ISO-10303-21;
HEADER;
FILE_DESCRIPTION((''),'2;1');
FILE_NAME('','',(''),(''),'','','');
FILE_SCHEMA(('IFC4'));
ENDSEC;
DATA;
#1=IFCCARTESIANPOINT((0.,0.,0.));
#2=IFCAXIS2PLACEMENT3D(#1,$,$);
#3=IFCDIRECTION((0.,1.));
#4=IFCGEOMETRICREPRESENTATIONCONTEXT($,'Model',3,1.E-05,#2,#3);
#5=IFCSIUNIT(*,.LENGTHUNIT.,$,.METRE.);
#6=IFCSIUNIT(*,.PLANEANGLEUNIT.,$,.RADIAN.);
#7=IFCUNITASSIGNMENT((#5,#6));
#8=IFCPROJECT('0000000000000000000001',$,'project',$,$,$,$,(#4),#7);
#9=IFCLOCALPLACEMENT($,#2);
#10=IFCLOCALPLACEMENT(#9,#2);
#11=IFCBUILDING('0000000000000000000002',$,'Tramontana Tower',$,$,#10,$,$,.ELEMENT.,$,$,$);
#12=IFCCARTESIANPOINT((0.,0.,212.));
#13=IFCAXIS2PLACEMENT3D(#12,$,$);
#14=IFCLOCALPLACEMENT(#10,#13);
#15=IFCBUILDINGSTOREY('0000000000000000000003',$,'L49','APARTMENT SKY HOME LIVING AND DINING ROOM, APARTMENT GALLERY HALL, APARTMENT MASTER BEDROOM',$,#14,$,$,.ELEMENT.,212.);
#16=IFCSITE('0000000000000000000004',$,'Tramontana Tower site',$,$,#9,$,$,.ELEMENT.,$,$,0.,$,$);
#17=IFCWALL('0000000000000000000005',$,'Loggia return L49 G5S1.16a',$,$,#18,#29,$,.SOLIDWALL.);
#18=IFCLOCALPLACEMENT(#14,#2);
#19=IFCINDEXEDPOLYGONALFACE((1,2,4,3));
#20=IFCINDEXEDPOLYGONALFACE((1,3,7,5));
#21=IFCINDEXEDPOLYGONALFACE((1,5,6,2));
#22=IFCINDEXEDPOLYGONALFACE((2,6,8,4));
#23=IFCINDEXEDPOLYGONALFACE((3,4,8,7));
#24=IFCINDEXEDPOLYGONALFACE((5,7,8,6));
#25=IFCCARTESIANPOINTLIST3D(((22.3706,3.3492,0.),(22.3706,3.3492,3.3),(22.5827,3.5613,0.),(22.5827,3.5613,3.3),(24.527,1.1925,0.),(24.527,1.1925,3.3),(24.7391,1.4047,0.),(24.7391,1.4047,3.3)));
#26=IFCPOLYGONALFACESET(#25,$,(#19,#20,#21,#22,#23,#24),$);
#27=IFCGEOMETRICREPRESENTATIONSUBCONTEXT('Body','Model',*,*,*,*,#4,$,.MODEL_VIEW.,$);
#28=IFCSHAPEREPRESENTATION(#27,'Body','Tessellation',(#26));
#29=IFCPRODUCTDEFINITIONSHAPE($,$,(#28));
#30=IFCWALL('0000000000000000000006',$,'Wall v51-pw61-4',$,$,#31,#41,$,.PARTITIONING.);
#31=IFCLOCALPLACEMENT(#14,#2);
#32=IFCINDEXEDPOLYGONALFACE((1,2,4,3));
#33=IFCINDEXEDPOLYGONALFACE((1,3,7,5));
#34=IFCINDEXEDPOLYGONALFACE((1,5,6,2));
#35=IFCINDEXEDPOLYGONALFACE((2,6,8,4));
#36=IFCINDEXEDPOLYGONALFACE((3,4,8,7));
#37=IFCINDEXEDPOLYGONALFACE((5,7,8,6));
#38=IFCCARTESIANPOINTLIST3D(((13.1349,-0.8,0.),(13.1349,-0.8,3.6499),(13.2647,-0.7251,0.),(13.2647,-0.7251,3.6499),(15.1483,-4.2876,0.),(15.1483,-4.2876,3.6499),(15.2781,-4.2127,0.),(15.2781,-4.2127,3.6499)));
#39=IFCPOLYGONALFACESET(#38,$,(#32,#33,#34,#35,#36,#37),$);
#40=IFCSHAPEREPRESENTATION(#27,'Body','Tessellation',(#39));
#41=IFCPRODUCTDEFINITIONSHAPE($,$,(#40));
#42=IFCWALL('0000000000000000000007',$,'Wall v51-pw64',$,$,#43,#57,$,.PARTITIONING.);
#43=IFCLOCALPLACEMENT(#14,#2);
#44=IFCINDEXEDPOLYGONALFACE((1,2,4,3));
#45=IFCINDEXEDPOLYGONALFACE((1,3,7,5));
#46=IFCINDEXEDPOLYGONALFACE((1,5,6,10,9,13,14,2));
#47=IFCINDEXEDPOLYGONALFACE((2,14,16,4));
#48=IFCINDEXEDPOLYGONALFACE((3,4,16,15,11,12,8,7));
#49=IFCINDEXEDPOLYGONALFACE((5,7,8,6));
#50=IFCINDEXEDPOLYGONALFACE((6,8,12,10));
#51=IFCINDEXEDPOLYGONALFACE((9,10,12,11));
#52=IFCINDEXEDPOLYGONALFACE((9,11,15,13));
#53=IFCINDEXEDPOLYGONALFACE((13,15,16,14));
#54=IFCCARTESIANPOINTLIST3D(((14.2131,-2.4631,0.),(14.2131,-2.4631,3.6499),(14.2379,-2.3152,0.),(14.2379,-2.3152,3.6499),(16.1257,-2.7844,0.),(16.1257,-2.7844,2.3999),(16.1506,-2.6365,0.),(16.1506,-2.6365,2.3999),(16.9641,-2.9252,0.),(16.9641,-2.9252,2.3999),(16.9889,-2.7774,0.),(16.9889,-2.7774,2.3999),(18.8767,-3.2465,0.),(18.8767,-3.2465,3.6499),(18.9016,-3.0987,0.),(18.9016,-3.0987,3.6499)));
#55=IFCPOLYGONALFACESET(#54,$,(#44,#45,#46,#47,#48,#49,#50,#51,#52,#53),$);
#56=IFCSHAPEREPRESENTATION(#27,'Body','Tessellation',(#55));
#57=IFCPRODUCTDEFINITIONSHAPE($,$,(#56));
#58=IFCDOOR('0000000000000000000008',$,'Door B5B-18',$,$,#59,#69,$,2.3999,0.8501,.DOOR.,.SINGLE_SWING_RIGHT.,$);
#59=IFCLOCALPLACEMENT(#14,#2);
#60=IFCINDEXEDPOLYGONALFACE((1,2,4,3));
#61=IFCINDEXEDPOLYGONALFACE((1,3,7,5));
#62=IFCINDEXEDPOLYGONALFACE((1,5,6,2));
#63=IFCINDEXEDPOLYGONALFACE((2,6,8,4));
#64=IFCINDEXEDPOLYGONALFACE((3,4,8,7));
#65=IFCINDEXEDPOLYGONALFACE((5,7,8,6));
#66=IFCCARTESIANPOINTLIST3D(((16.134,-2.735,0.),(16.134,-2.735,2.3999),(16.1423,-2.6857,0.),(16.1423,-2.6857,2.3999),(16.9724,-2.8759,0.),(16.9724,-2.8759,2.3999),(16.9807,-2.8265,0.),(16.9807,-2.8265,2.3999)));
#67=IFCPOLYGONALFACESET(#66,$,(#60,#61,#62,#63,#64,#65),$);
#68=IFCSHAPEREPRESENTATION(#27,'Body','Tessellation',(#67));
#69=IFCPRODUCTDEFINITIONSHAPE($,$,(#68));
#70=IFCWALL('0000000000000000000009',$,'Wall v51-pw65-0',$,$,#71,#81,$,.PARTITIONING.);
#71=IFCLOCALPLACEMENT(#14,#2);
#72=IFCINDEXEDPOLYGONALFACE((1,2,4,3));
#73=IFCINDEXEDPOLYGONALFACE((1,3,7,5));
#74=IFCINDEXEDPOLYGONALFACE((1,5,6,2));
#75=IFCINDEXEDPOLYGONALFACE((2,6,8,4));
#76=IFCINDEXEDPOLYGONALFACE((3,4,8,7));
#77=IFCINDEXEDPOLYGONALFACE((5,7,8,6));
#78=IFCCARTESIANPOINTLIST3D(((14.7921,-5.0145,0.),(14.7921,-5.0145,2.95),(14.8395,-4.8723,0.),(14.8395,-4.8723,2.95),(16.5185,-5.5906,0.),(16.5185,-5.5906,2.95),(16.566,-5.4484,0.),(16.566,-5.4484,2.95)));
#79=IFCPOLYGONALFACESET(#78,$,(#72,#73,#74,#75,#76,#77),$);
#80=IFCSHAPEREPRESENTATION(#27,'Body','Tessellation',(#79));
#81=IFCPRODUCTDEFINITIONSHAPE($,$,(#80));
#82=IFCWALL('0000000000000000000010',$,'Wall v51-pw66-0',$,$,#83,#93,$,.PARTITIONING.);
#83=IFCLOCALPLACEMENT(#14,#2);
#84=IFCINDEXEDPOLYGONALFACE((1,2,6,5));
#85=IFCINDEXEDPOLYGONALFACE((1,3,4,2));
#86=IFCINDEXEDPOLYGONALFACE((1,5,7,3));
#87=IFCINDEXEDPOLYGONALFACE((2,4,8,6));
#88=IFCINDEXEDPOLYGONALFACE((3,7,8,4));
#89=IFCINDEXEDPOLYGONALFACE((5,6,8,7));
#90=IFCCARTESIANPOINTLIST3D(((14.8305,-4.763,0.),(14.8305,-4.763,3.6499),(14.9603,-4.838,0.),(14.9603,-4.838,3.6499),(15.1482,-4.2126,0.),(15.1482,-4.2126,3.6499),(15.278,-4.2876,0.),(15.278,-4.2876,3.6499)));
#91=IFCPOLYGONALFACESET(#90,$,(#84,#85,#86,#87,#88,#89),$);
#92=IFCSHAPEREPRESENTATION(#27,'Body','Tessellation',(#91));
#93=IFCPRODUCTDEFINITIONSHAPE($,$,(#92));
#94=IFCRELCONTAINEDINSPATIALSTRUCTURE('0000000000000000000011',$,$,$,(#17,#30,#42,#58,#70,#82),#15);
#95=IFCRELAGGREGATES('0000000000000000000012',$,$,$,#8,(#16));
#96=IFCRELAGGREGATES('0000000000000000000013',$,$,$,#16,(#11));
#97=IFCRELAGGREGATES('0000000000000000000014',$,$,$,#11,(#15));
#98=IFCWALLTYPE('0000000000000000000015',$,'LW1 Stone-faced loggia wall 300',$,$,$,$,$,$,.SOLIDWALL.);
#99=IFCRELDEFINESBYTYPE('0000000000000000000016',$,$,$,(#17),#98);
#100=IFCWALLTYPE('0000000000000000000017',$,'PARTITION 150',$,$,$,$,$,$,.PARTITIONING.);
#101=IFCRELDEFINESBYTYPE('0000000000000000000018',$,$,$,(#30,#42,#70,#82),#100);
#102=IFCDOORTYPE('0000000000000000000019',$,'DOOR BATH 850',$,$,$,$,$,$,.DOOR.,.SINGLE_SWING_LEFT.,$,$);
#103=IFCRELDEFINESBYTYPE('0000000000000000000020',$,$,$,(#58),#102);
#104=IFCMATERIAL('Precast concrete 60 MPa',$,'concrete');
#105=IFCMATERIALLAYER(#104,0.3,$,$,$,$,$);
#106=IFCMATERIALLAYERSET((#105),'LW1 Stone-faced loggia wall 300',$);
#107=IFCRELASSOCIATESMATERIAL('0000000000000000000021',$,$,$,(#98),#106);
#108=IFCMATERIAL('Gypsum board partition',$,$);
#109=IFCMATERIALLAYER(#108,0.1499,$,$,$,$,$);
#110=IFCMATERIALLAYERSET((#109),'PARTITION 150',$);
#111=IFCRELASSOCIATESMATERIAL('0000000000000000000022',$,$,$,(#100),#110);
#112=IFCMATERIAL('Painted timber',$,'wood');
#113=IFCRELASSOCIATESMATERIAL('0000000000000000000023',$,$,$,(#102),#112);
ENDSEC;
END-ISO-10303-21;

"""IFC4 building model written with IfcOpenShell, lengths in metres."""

from ifc_helpers import new_model, si_unit, direction, frame, frame_2d, origin, place, context, subcontext, project, spatial, rectangle, extrude, material, layer, layer_set, type_object, element, fill, save


model = new_model("IFC4")

# Units and contexts
model_context = context("Model", 3, precision=1e-05, world=origin(), true_north=direction((0.0, 1.0)))
body_context = subcontext(model_context, "Body", "Model", "MODEL_VIEW")
ifc_project = project(units=[si_unit("LENGTHUNIT", "METRE"), si_unit("PLANEANGLEUNIT", "RADIAN")], contexts=[model_context])

# Site, building, storey
site_placement = place(None, origin())
site = spatial("IfcSite", under=ifc_project, at=site_placement, Name="Tramontana Tower site", CompositionType="ELEMENT", RefElevation=0.0)
building_placement = place(site_placement, origin())
building = spatial("IfcBuilding", under=site, at=building_placement, Name="Tramontana Tower", CompositionType="ELEMENT")
storey_placement = place(building_placement, frame((0.0, 0.0, 212.0)))
storey = spatial("IfcBuildingStorey", under=building, at=storey_placement, Name="L49", Description="APARTMENT SKY HOME LIVING AND DINING ROOM, APARTMENT GALLERY HALL, APARTMENT MASTER BEDROOM", CompositionType="ELEMENT", Elevation=212.0)

# Wall
ifc_material_1 = material(Name="Precast concrete 60 MPa", Category="concrete")
ifc_layer_1 = layer(ifc_material_1, 0.3)
ifc_layer_set_1 = layer_set([ifc_layer_1], Name="LW1 Stone-faced loggia wall 300")
wall_type_1 = type_object("IfcWallType", Name="LW1 Stone-faced loggia wall 300", PredefinedType="SOLIDWALL", material=ifc_layer_set_1)
wall_1_placement = place(storey_placement, frame((24.6331, 1.2986, 0.0), z_axis=(0.0, 0.0, 1.0), x_axis=(-0.707067, 0.707147, 0.0)))
element("IfcWall", 1, at=wall_1_placement, inside=storey, type_object=wall_type_1, Name="Loggia return L49 G5S1.16a", PredefinedType="SOLIDWALL", context=body_context, shape_type="SweptSolid", body=[
    extrude(rectangle(XDim=3.0498, YDim=0.3, at=frame_2d((1.5249, 0.0))), origin(), (0.0, 0.0, 1.0), 3.3),
])

# Shared definitions
ifc_material_2 = material(Name="Gypsum board partition")
ifc_layer_2 = layer(ifc_material_2, 0.1499)
ifc_layer_set_2 = layer_set([ifc_layer_2], Name="PARTITION 150")
wall_type_2 = type_object("IfcWallType", Name="PARTITION 150", PredefinedType="PARTITIONING", material=ifc_layer_set_2)

# Wall
wall_2_placement = place(storey_placement, frame((13.1997, -0.7625, 0.0), z_axis=(0.0, 0.0, 1.0), x_axis=(0.49998, -0.866037, 0.0)))
element("IfcWall", 2, at=wall_2_placement, inside=storey, type_object=wall_type_2, Name="Wall v51-pw61-4", PredefinedType="PARTITIONING", context=body_context, shape_type="SweptSolid", body=[
    extrude(rectangle(XDim=4.0271, YDim=0.1499, at=frame_2d((2.0137, 0.0))), origin(), (0.0, 0.0, 1.0), 3.6499),
])

# Wall, opening, door
wall_3_placement = place(storey_placement, frame((18.8892, -3.1726, 0.0), z_axis=(0.0, 0.0, 1.0), x_axis=(-0.986181, 0.165671, 0.0)))
wall_3 = element("IfcWall", 3, at=wall_3_placement, inside=storey, type_object=wall_type_2, Name="Wall v51-pw64", PredefinedType="PARTITIONING", context=body_context, shape_type="SweptSolid", body=[
    extrude(rectangle(XDim=4.729, YDim=0.1499, at=frame_2d((2.3645, 0.0))), origin(), (0.0, 0.0, 1.0), 3.6499),
])
opening_1_placement = place(wall_3_placement, frame((1.9395, 0.0, 0.0)))
opening_1 = element("IfcOpeningElement", 4, at=opening_1_placement, cuts=wall_3, PredefinedType="OPENING", context=body_context, shape_type="SweptSolid", body=[
    extrude(rectangle(XDim=0.8501, YDim=2.3999, at=frame_2d((0.425, 1.2))), frame((0.0, 0.085, 0.0), z_axis=(0.0, -1.0, 0.0), x_axis=(1.0, 0.0, 0.0)), (0.0, 0.0, 1.0), 0.1699),
])
ifc_material_3 = material(Name="Painted timber", Category="wood")
door_type_1 = type_object("IfcDoorType", Name="DOOR BATH 850", OperationType="SINGLE_SWING_LEFT", PredefinedType="DOOR", material=ifc_material_3)
door_1_placement = place(opening_1_placement, origin())
door_1 = element("IfcDoor", 5, at=door_1_placement, inside=storey, type_object=door_type_1, Name="Door B5B-18", OperationType="SINGLE_SWING_RIGHT", OverallHeight=2.3999, OverallWidth=0.8501, PredefinedType="DOOR", context=body_context, shape_type="SweptSolid", body=[
    extrude(rectangle(XDim=0.8501, YDim=2.3999, at=frame_2d((0.425, 1.2))), frame((0.0, 0.0249, 0.0), z_axis=(0.0, -1.0, 0.0), x_axis=(1.0, 0.0, 0.0)), (0.0, 0.0, 1.0), 0.05),
])
fill(opening_1, door_1)

# Walls
wall_4_placement = place(storey_placement, frame((14.8157, -4.9434, 0.0), z_axis=(0.0, 0.0, 1.0), x_axis=(0.948576, -0.31655, 0.0)))
element("IfcWall", 6, at=wall_4_placement, inside=storey, type_object=wall_type_2, Name="Wall v51-pw65-0", PredefinedType="PARTITIONING", context=body_context, shape_type="SweptSolid", body=[
    extrude(rectangle(XDim=1.8201, YDim=0.1499, at=frame_2d((0.9102, 0.0))), origin(), (0.0, 0.0, 1.0), 2.95),
])
wall_5_placement = place(storey_placement, frame((15.2131, -4.25, 0.0), z_axis=(0.0, 0.0, 1.0), x_axis=(-0.4999, -0.866083, 0.0)))
element("IfcWall", 7, at=wall_5_placement, inside=storey, type_object=wall_type_2, Name="Wall v51-pw66-0", PredefinedType="PARTITIONING", context=body_context, shape_type="SweptSolid", body=[
    extrude(rectangle(XDim=0.6355, YDim=0.1499, at=frame_2d((0.3179, 0.0))), origin(), (0.0, 0.0, 1.0), 3.6499),
])

save(model, "model.ifc")
